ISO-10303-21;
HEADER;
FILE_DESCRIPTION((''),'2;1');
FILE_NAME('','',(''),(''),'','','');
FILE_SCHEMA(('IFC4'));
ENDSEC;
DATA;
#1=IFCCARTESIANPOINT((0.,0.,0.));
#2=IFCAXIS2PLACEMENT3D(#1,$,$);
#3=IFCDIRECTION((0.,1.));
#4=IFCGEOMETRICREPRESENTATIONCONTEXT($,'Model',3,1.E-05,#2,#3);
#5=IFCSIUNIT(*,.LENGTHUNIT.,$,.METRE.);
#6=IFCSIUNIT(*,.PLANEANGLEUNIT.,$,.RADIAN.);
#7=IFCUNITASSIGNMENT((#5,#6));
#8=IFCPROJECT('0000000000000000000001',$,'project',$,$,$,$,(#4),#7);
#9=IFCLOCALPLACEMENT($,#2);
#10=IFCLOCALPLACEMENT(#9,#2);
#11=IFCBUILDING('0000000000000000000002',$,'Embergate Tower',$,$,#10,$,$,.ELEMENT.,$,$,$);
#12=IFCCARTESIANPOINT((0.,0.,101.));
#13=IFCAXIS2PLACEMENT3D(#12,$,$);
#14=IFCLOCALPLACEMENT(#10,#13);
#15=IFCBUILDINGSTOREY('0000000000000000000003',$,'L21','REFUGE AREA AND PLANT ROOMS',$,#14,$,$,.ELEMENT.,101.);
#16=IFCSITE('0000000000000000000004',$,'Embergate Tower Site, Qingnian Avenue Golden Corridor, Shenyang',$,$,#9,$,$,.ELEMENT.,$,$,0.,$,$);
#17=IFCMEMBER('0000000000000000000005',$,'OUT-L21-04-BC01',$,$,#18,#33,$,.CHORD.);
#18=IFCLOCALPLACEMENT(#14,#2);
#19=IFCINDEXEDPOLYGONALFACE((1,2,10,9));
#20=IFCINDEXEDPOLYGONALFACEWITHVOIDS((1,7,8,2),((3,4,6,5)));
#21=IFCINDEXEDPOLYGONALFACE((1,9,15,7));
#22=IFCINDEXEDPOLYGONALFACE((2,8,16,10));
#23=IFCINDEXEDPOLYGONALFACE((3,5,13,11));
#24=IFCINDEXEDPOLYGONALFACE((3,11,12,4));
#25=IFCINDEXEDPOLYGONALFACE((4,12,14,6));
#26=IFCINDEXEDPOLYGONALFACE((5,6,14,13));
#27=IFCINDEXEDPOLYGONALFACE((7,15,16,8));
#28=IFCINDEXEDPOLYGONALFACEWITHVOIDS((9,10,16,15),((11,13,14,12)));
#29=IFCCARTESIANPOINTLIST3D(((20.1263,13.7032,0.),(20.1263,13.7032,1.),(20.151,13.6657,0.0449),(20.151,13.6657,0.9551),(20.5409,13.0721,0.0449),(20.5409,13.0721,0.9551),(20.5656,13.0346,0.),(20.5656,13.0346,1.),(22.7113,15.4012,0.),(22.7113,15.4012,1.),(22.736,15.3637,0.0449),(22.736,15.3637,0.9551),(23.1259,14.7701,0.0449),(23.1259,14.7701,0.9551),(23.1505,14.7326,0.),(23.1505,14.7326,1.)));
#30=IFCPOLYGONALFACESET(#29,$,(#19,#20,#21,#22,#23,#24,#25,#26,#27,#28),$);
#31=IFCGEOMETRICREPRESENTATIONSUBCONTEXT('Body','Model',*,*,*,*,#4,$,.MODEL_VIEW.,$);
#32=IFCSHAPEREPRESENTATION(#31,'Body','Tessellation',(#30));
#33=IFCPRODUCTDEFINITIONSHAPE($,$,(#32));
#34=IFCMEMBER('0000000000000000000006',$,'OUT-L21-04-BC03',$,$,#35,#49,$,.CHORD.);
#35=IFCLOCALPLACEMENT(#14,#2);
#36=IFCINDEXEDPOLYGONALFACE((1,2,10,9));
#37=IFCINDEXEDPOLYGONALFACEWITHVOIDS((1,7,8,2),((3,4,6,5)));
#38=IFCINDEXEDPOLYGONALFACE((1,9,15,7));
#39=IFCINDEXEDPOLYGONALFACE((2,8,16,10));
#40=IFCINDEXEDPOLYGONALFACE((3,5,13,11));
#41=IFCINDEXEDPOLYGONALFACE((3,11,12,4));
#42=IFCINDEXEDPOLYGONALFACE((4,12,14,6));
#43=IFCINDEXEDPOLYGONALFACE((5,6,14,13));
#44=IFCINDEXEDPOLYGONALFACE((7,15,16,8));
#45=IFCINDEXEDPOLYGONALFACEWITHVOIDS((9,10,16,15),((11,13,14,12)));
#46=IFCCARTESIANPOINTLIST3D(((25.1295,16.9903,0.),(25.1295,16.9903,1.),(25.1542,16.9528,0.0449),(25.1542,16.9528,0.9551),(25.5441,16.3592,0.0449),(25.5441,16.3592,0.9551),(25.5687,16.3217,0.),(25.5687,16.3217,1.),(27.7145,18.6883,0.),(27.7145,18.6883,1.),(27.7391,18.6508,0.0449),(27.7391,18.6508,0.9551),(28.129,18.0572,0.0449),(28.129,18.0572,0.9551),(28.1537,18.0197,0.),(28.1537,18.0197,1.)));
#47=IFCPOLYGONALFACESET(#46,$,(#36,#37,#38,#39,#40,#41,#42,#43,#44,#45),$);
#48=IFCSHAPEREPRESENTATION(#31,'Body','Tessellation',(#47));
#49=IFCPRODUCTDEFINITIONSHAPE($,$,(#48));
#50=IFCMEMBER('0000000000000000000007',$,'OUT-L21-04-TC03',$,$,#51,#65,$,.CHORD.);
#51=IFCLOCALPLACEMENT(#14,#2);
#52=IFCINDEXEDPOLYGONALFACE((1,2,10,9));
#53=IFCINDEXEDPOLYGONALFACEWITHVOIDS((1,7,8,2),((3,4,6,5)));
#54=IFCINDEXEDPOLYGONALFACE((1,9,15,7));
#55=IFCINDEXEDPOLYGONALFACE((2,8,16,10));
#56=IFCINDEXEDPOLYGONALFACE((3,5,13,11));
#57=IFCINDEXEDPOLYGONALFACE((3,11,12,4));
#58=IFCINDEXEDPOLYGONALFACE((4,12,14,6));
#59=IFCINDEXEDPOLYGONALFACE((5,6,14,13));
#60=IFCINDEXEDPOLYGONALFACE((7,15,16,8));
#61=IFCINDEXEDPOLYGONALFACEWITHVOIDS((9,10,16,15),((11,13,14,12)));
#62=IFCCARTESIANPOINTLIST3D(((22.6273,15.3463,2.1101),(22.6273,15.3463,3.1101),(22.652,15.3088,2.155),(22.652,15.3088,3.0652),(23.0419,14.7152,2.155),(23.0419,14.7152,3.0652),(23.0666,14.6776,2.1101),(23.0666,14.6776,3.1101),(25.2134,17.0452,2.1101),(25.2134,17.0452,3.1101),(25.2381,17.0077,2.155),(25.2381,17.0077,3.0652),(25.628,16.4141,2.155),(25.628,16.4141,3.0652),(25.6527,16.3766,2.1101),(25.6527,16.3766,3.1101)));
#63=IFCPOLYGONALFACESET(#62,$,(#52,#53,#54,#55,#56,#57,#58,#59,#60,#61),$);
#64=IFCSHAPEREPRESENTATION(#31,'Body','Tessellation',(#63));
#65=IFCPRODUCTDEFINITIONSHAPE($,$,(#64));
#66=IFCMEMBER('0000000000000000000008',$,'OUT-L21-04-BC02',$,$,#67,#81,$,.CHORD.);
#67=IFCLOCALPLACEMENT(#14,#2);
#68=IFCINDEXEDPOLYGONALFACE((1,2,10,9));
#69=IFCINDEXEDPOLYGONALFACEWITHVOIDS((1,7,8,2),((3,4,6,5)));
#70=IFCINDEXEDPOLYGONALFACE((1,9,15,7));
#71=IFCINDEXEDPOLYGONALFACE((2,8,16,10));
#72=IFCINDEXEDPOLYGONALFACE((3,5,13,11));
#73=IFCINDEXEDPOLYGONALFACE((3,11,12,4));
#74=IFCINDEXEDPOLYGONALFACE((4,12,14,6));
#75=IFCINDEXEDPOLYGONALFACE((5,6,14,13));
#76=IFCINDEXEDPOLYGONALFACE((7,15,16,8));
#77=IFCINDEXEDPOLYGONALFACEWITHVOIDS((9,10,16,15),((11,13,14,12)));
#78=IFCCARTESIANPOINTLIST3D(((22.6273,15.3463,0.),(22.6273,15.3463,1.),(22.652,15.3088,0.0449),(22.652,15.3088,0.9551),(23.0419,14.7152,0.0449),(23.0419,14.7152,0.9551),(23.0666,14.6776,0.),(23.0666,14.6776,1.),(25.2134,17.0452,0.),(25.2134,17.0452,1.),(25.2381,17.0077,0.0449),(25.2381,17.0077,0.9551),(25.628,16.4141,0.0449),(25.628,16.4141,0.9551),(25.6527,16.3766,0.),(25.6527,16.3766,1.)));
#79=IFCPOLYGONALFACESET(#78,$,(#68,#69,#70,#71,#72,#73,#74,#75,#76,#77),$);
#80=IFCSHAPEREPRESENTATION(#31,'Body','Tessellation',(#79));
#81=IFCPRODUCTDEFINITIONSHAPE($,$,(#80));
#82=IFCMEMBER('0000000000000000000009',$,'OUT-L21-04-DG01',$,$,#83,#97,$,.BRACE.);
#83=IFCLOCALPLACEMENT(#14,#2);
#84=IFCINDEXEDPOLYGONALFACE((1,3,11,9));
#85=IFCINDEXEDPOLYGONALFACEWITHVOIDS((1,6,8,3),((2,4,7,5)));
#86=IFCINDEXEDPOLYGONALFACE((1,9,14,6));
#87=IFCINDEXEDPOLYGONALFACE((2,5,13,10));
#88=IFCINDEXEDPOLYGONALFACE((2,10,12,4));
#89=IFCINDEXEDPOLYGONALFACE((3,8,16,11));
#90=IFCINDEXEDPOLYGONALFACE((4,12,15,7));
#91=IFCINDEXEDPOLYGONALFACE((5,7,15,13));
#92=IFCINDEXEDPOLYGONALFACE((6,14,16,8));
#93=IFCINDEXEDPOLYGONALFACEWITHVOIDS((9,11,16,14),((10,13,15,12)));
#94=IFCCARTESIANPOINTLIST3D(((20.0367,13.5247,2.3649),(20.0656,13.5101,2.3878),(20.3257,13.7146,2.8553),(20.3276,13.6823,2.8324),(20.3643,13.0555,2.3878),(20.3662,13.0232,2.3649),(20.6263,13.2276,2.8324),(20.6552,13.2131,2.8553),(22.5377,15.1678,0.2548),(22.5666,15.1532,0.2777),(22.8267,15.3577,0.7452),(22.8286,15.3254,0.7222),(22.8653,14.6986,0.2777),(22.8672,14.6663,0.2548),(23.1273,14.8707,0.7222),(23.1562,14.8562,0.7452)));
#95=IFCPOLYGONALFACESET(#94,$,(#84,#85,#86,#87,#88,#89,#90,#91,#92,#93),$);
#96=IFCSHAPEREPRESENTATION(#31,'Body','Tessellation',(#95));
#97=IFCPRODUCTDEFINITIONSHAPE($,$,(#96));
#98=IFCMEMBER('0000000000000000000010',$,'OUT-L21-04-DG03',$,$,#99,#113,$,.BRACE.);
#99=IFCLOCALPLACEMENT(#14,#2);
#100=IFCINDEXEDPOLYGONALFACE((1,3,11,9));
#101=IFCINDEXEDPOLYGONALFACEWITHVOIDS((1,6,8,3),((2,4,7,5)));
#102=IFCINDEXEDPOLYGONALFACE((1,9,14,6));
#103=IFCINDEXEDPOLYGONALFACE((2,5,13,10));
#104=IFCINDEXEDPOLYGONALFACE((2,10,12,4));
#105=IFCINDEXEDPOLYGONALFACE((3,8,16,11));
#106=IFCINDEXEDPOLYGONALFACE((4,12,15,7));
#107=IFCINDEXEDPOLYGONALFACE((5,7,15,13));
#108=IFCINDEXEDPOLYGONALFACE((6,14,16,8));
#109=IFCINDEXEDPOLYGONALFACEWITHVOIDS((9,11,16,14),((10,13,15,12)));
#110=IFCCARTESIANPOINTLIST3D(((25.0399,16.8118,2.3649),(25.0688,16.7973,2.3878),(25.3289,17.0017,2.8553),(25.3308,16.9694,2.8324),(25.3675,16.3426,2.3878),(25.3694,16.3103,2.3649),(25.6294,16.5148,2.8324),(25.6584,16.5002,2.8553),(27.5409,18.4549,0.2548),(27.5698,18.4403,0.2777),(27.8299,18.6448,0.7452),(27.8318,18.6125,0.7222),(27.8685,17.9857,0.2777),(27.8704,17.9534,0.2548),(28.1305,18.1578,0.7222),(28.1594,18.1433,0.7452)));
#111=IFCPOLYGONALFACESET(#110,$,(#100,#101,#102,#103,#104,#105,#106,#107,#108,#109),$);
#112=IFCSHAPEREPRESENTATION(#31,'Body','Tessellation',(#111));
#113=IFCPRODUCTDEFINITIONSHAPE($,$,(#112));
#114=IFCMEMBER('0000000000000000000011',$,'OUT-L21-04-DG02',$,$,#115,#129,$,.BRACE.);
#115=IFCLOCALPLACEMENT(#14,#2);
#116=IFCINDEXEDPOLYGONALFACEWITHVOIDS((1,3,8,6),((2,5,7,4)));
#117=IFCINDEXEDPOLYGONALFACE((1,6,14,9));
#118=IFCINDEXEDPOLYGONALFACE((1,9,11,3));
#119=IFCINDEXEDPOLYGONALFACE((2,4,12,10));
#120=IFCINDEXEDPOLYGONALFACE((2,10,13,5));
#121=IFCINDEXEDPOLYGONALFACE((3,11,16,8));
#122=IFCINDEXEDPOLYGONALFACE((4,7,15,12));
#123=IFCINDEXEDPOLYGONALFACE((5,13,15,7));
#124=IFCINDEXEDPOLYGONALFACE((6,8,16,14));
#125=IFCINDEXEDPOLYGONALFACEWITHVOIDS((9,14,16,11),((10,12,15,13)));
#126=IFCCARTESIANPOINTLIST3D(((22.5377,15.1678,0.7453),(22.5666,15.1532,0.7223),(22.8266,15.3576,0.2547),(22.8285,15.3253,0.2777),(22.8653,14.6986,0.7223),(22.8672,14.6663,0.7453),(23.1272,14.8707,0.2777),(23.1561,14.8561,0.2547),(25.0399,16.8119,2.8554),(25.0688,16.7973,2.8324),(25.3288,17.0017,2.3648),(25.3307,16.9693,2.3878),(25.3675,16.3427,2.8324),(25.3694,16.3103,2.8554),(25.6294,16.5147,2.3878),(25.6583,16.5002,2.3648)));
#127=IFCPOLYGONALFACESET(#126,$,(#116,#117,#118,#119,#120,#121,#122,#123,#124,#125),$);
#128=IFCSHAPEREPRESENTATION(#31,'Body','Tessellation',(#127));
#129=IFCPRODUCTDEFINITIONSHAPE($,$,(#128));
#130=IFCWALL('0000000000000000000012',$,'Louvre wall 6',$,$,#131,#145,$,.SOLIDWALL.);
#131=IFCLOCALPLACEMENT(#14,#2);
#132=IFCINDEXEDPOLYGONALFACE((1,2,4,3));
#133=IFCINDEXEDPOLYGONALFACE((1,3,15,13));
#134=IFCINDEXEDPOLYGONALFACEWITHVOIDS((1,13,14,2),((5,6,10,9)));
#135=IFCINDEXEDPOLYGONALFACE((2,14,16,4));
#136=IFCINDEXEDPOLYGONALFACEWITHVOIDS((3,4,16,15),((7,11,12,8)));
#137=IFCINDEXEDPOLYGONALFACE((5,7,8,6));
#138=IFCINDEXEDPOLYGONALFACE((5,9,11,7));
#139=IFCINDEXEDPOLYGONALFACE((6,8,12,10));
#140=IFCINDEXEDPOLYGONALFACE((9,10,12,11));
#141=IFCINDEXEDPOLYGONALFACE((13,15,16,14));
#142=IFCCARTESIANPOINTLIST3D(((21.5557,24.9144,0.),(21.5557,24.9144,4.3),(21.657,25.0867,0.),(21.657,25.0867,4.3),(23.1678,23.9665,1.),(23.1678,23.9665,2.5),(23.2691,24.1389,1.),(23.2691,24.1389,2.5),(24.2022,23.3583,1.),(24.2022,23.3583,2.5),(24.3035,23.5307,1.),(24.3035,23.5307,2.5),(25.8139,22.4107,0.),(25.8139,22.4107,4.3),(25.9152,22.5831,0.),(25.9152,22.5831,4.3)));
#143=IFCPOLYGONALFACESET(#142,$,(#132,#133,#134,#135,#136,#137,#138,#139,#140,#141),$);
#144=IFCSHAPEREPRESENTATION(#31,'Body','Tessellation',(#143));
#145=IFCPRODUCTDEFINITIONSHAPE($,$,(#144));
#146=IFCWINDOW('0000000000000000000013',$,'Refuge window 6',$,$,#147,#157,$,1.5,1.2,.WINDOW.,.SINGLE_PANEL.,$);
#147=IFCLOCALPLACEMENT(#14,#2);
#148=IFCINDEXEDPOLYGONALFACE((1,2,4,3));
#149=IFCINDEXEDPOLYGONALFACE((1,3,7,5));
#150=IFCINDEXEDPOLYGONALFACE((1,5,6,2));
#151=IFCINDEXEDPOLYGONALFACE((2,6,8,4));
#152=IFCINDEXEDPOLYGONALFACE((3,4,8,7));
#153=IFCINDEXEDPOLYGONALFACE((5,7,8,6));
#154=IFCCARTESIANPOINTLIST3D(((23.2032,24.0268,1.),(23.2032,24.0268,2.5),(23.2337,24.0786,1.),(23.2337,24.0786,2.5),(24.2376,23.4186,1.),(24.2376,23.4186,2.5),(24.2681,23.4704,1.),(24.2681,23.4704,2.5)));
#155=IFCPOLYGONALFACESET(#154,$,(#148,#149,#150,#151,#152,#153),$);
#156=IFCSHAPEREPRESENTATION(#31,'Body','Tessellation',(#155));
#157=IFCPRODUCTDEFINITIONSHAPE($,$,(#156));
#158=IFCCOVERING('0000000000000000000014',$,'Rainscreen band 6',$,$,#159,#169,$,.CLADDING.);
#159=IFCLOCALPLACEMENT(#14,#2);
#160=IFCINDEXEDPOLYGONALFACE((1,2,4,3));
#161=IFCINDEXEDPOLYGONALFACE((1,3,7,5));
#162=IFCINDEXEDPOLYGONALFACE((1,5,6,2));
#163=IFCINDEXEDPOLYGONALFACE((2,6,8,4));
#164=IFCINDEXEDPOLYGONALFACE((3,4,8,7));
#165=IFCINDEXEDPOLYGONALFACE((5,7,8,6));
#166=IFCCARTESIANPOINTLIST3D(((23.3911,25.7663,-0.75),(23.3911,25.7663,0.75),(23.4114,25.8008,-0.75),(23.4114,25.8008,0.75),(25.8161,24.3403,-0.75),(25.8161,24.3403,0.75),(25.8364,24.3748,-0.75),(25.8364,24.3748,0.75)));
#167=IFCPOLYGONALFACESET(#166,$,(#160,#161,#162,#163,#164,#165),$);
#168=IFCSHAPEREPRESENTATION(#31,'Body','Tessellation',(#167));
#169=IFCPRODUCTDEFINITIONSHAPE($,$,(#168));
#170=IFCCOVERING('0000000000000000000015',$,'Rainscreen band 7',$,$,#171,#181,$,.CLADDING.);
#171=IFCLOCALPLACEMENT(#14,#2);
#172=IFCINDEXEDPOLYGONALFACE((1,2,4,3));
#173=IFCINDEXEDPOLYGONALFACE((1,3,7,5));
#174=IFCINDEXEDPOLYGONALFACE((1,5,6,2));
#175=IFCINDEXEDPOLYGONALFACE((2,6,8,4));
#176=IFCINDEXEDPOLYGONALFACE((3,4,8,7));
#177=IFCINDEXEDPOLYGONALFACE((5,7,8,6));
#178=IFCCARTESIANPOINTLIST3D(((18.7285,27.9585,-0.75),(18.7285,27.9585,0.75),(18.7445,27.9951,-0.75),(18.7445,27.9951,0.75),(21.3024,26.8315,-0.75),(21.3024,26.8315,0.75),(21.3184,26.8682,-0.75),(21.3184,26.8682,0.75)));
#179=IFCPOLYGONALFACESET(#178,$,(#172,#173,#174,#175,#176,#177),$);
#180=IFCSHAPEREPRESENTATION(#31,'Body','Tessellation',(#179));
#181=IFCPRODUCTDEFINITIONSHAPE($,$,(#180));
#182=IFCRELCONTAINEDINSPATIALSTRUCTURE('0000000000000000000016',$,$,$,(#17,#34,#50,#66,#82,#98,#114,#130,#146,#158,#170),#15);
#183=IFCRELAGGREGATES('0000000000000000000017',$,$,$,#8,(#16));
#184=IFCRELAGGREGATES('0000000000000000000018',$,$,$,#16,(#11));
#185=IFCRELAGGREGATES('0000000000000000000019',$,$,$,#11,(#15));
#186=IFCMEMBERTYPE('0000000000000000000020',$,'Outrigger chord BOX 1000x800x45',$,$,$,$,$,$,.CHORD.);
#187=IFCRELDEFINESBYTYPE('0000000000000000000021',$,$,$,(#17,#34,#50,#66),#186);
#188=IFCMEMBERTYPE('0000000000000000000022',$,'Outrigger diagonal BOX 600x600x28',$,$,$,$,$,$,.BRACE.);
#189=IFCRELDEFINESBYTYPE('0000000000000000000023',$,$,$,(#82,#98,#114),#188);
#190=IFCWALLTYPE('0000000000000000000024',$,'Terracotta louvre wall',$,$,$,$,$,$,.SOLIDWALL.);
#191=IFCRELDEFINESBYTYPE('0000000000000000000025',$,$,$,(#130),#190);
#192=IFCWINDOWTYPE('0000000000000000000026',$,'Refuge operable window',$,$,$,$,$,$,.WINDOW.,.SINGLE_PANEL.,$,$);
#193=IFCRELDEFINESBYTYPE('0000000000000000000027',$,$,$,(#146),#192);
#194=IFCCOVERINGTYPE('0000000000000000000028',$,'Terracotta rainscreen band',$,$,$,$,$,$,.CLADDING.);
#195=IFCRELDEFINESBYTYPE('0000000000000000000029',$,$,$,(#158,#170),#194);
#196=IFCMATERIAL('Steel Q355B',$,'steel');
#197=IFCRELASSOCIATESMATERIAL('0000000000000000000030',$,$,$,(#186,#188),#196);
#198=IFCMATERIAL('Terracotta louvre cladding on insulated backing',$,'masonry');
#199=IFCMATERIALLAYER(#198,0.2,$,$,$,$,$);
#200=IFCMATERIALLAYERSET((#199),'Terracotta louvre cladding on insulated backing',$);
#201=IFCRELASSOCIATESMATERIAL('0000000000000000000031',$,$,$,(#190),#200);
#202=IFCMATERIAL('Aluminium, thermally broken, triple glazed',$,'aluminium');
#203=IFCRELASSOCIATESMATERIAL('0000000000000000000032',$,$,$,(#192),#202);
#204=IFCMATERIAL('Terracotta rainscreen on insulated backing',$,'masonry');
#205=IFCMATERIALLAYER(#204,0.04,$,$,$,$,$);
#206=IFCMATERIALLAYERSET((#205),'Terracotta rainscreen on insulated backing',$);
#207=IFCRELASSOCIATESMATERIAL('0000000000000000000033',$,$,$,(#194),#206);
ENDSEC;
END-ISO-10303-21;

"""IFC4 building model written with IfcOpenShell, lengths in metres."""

from ifc_helpers import new_model, si_unit, direction, frame, frame_2d, origin, origin_2d, place, context, subcontext, project, spatial, rectangle, hollow_rectangle, extrude, source, transform, mapped, material, layer, layer_set, material_profile, profile_set, type_object, element, fill, save


model = new_model("IFC4")

# Units and contexts
model_context = context("Model", 3, precision=1e-05, world=origin(), true_north=direction((0.0, 1.0)))
body_context = subcontext(model_context, "Body", "Model", "MODEL_VIEW")
ifc_project = project(units=[si_unit("LENGTHUNIT", "METRE"), si_unit("PLANEANGLEUNIT", "RADIAN")], contexts=[model_context])

# Site, building, storey
site_placement = place(None, origin())
site = spatial("IfcSite", under=ifc_project, at=site_placement, Name="Embergate Tower Site, Qingnian Avenue Golden Corridor, Shenyang", CompositionType="ELEMENT", RefElevation=0.0)
building_placement = place(site_placement, origin())
building = spatial("IfcBuilding", under=site, at=building_placement, Name="Embergate Tower", CompositionType="ELEMENT")
storey_placement = place(building_placement, frame((0.0, 0.0, 101.0)))
storey = spatial("IfcBuildingStorey", under=building, at=storey_placement, Name="L21", Description="REFUGE AREA AND PLANT ROOMS", CompositionType="ELEMENT", Elevation=101.0)

# Shared definitions
ifc_material_1 = material(Name="Steel Q355B", Category="steel")

# Members
ifc_material_profile_1 = material_profile(ifc_material_1, hollow_rectangle(XDim=0.8, YDim=1.0, WallThickness=0.0449, at=origin_2d()), Name="BOX 1000x800x45")
ifc_profile_set_1 = profile_set([ifc_material_profile_1], Name="Steel Q355 grade B")
member_type_1 = type_object("IfcMemberType", Name="Outrigger chord BOX 1000x800x45", PredefinedType="CHORD", material=ifc_profile_set_1)
shared_shape_1 = source(origin(), body_context, "Body", "SweptSolid", [
    extrude(hollow_rectangle(XDim=0.8, YDim=1.0, WallThickness=0.0449, at=origin_2d()), origin(), (0.0, 0.0, 1.0), 3.0928),
])
for number, where, z_axis, x_axis, name in (
    (1, (20.3459, 13.3689, 0.5), (0.835808, 0.549022, 0.0), (-0.549022, 0.835808, 0.0), "OUT-L21-04-BC01"),
    (2, (25.3491, 16.656, 0.5), (0.835808, 0.549022, 0.0), (-0.549022, 0.835808, 0.0), "OUT-L21-04-BC03"),
):
    element("IfcMember", number, at=place(storey_placement, frame(where, z_axis=z_axis, x_axis=x_axis)), inside=storey, type_object=member_type_1, Name=name, PredefinedType="CHORD", context=body_context, shape_type="MappedRepresentation", body=[
        mapped(shared_shape_1, transform((0.0, 0.0, 0.0))),
    ])
shared_shape_2 = source(origin(), body_context, "Body", "SweptSolid", [
    extrude(hollow_rectangle(XDim=0.8, YDim=1.0, WallThickness=0.0449, at=origin_2d()), origin(), (0.0, 0.0, 1.0), 3.0942),
])
for number, where, z_axis, x_axis, name in (
    (3, (22.8469, 15.012, 2.6101), (0.835782, 0.549061, 0.0), (-0.549061, 0.835782, 0.0), "OUT-L21-04-TC03"),
    (4, (22.8469, 15.012, 0.5), (0.835782, 0.549061, 0.0), (-0.549061, 0.835782, 0.0), "OUT-L21-04-BC02"),
):
    element("IfcMember", number, at=place(storey_placement, frame(where, z_axis=z_axis, x_axis=x_axis)), inside=storey, type_object=member_type_1, Name=name, PredefinedType="CHORD", context=body_context, shape_type="MappedRepresentation", body=[
        mapped(shared_shape_2, transform((0.0, 0.0, 0.0))),
    ])
ifc_material_profile_2 = material_profile(ifc_material_1, hollow_rectangle(XDim=0.6001, YDim=0.6001, WallThickness=0.0281, at=origin_2d()), Name="BOX 600x600x28")
ifc_profile_set_2 = profile_set([ifc_material_profile_2], Name="Steel Q355 grade B")
member_type_2 = type_object("IfcMemberType", Name="Outrigger diagonal BOX 600x600x28", PredefinedType="BRACE", material=ifc_profile_set_2)
shared_shape_3 = source(origin(), body_context, "Body", "SweptSolid", [
    extrude(hollow_rectangle(XDim=0.6001, YDim=0.6001, WallThickness=0.0281, at=origin_2d()), origin(), (0.0, 0.0, 1.0), 3.6616),
])
for number, where, z_axis, x_axis, name in (
    (5, (20.3459, 13.3689, 2.6101), (0.683034, 0.448733, -0.576285), (-0.549077, 0.835772, 0.0), "OUT-L21-04-DG01"),
    (6, (25.3491, 16.656, 2.6101), (0.683034, 0.448733, -0.576285), (-0.549077, 0.835772, 0.0), "OUT-L21-04-DG03"),
):
    element("IfcMember", number, at=place(storey_placement, frame(where, z_axis=z_axis, x_axis=x_axis)), inside=storey, type_object=member_type_2, Name=name, PredefinedType="BRACE", context=body_context, shape_type="MappedRepresentation", body=[
        mapped(shared_shape_3, transform((0.0, 0.0, 0.0))),
    ])
shared_shape_4 = source(origin(), body_context, "Body", "SweptSolid", [
    extrude(hollow_rectangle(XDim=0.6001, YDim=0.6001, WallThickness=0.0281, at=origin_2d()), origin(), (0.0, 0.0, 1.0), 3.6628),
])
member_placement = place(storey_placement, frame((22.8469, 15.012, 0.5), z_axis=(0.68313, 0.448843, 0.576085), x_axis=(-0.549118, 0.835745, 0.0)))
element("IfcMember", 7, at=member_placement, inside=storey, type_object=member_type_2, Name="OUT-L21-04-DG02", PredefinedType="BRACE", context=body_context, shape_type="MappedRepresentation", body=[
    mapped(shared_shape_4, transform((0.0, 0.0, 0.0))),
])

# Wall, opening, window
ifc_material_2 = material(Name="Terracotta louvre cladding on insulated backing", Category="masonry")
ifc_layer_1 = layer(ifc_material_2, 0.2)
ifc_layer_set_1 = layer_set([ifc_layer_1], Name="Terracotta louvre cladding on insulated backing")
wall_type = type_object("IfcWallType", Name="Terracotta louvre wall", PredefinedType="SOLIDWALL", material=ifc_layer_set_1)
shared_shape_5 = source(origin(), body_context, "Body", "SweptSolid", [
    extrude(rectangle(XDim=4.9397, YDim=0.2, at=frame_2d((2.4697, 0.0))), origin(), (0.0, 0.0, 1.0), 4.3),
])
wall_placement = place(storey_placement, frame((21.6064, 25.0005, 0.0), z_axis=(0.0, 0.0, 1.0), x_axis=(0.862042, -0.506837, 0.0)))
wall = element("IfcWall", 8, at=wall_placement, inside=storey, type_object=wall_type, Name="Louvre wall 6", PredefinedType="SOLIDWALL", context=body_context, shape_type="MappedRepresentation", body=[
    mapped(shared_shape_5, transform((0.0, 0.0, 0.0))),
])
shared_shape_6 = source(origin(), body_context, "Body", "SweptSolid", [
    extrude(rectangle(XDim=1.2, YDim=1.5, at=frame_2d((0.6001, 0.75))), frame((0.0, 0.1099, 0.0), z_axis=(0.0, -1.0, 0.0), x_axis=(1.0, 0.0, 0.0)), (0.0, 0.0, 1.0), 0.22),
])
opening_placement = place(wall_placement, frame((1.8699, 0.0, 1.0)))
opening = element("IfcOpeningElement", 9, at=opening_placement, cuts=wall, PredefinedType="OPENING", context=body_context, shape_type="MappedRepresentation", body=[
    mapped(shared_shape_6, transform((0.0, 0.0, 0.0))),
])
ifc_material_3 = material(Name="Aluminium, thermally broken, triple glazed", Category="aluminium")
window_type = type_object("IfcWindowType", Name="Refuge operable window", PartitioningType="SINGLE_PANEL", PredefinedType="WINDOW", material=ifc_material_3)
shared_shape_7 = source(origin(), body_context, "Body", "SweptSolid", [
    extrude(rectangle(XDim=1.2, YDim=1.5, at=frame_2d((0.6001, 0.75))), frame((0.0, 0.03, 0.0), z_axis=(0.0, -1.0, 0.0), x_axis=(1.0, 0.0, 0.0)), (0.0, 0.0, 1.0), 0.0601),
])
window_placement = place(opening_placement, origin())
window = element("IfcWindow", 10, at=window_placement, inside=storey, type_object=window_type, Name="Refuge window 6", OverallHeight=1.5, OverallWidth=1.2, PartitioningType="SINGLE_PANEL", PredefinedType="WINDOW", context=body_context, shape_type="MappedRepresentation", body=[
    mapped(shared_shape_7, transform((0.0, 0.0, 0.0))),
])
fill(opening, window)

# Coverings
ifc_material_4 = material(Name="Terracotta rainscreen on insulated backing", Category="masonry")
ifc_layer_2 = layer(ifc_material_4, 0.04)
ifc_layer_set_2 = layer_set([ifc_layer_2], Name="Terracotta rainscreen on insulated backing")
covering_type = type_object("IfcCoveringType", Name="Terracotta rainscreen band", PredefinedType="CLADDING", material=ifc_layer_set_2)
shared_shape_8 = source(origin(), body_context, "Body", "SweptSolid", [
    extrude(rectangle(XDim=2.8132, YDim=0.04, at=origin_2d()), origin(), (0.0, 0.0, 1.0), 1.5),
])
covering_1_placement = place(storey_placement, frame((24.6138, 25.0706, -0.75), z_axis=(0.0, 0.0, 1.0), x_axis=(-0.862007, 0.506896, 0.0)))
element("IfcCovering", 11, at=covering_1_placement, inside=storey, type_object=covering_type, Name="Rainscreen band 6", PredefinedType="CLADDING", context=body_context, shape_type="MappedRepresentation", body=[
    mapped(shared_shape_8, transform((0.0, 0.0, 0.0))),
])
shared_shape_9 = source(origin(), body_context, "Body", "SweptSolid", [
    extrude(rectangle(XDim=2.8098, YDim=0.04, at=origin_2d()), origin(), (0.0, 0.0, 1.0), 1.5),
])
covering_2_placement = place(storey_placement, frame((20.0234, 27.4133, -0.75), z_axis=(0.0, 0.0, 1.0), x_axis=(-0.916043, 0.40108, 0.0)))
element("IfcCovering", 12, at=covering_2_placement, inside=storey, type_object=covering_type, Name="Rainscreen band 7", PredefinedType="CLADDING", context=body_context, shape_type="MappedRepresentation", body=[
    mapped(shared_shape_9, transform((0.0, 0.0, 0.0))),
])

save(model, "model.ifc")
